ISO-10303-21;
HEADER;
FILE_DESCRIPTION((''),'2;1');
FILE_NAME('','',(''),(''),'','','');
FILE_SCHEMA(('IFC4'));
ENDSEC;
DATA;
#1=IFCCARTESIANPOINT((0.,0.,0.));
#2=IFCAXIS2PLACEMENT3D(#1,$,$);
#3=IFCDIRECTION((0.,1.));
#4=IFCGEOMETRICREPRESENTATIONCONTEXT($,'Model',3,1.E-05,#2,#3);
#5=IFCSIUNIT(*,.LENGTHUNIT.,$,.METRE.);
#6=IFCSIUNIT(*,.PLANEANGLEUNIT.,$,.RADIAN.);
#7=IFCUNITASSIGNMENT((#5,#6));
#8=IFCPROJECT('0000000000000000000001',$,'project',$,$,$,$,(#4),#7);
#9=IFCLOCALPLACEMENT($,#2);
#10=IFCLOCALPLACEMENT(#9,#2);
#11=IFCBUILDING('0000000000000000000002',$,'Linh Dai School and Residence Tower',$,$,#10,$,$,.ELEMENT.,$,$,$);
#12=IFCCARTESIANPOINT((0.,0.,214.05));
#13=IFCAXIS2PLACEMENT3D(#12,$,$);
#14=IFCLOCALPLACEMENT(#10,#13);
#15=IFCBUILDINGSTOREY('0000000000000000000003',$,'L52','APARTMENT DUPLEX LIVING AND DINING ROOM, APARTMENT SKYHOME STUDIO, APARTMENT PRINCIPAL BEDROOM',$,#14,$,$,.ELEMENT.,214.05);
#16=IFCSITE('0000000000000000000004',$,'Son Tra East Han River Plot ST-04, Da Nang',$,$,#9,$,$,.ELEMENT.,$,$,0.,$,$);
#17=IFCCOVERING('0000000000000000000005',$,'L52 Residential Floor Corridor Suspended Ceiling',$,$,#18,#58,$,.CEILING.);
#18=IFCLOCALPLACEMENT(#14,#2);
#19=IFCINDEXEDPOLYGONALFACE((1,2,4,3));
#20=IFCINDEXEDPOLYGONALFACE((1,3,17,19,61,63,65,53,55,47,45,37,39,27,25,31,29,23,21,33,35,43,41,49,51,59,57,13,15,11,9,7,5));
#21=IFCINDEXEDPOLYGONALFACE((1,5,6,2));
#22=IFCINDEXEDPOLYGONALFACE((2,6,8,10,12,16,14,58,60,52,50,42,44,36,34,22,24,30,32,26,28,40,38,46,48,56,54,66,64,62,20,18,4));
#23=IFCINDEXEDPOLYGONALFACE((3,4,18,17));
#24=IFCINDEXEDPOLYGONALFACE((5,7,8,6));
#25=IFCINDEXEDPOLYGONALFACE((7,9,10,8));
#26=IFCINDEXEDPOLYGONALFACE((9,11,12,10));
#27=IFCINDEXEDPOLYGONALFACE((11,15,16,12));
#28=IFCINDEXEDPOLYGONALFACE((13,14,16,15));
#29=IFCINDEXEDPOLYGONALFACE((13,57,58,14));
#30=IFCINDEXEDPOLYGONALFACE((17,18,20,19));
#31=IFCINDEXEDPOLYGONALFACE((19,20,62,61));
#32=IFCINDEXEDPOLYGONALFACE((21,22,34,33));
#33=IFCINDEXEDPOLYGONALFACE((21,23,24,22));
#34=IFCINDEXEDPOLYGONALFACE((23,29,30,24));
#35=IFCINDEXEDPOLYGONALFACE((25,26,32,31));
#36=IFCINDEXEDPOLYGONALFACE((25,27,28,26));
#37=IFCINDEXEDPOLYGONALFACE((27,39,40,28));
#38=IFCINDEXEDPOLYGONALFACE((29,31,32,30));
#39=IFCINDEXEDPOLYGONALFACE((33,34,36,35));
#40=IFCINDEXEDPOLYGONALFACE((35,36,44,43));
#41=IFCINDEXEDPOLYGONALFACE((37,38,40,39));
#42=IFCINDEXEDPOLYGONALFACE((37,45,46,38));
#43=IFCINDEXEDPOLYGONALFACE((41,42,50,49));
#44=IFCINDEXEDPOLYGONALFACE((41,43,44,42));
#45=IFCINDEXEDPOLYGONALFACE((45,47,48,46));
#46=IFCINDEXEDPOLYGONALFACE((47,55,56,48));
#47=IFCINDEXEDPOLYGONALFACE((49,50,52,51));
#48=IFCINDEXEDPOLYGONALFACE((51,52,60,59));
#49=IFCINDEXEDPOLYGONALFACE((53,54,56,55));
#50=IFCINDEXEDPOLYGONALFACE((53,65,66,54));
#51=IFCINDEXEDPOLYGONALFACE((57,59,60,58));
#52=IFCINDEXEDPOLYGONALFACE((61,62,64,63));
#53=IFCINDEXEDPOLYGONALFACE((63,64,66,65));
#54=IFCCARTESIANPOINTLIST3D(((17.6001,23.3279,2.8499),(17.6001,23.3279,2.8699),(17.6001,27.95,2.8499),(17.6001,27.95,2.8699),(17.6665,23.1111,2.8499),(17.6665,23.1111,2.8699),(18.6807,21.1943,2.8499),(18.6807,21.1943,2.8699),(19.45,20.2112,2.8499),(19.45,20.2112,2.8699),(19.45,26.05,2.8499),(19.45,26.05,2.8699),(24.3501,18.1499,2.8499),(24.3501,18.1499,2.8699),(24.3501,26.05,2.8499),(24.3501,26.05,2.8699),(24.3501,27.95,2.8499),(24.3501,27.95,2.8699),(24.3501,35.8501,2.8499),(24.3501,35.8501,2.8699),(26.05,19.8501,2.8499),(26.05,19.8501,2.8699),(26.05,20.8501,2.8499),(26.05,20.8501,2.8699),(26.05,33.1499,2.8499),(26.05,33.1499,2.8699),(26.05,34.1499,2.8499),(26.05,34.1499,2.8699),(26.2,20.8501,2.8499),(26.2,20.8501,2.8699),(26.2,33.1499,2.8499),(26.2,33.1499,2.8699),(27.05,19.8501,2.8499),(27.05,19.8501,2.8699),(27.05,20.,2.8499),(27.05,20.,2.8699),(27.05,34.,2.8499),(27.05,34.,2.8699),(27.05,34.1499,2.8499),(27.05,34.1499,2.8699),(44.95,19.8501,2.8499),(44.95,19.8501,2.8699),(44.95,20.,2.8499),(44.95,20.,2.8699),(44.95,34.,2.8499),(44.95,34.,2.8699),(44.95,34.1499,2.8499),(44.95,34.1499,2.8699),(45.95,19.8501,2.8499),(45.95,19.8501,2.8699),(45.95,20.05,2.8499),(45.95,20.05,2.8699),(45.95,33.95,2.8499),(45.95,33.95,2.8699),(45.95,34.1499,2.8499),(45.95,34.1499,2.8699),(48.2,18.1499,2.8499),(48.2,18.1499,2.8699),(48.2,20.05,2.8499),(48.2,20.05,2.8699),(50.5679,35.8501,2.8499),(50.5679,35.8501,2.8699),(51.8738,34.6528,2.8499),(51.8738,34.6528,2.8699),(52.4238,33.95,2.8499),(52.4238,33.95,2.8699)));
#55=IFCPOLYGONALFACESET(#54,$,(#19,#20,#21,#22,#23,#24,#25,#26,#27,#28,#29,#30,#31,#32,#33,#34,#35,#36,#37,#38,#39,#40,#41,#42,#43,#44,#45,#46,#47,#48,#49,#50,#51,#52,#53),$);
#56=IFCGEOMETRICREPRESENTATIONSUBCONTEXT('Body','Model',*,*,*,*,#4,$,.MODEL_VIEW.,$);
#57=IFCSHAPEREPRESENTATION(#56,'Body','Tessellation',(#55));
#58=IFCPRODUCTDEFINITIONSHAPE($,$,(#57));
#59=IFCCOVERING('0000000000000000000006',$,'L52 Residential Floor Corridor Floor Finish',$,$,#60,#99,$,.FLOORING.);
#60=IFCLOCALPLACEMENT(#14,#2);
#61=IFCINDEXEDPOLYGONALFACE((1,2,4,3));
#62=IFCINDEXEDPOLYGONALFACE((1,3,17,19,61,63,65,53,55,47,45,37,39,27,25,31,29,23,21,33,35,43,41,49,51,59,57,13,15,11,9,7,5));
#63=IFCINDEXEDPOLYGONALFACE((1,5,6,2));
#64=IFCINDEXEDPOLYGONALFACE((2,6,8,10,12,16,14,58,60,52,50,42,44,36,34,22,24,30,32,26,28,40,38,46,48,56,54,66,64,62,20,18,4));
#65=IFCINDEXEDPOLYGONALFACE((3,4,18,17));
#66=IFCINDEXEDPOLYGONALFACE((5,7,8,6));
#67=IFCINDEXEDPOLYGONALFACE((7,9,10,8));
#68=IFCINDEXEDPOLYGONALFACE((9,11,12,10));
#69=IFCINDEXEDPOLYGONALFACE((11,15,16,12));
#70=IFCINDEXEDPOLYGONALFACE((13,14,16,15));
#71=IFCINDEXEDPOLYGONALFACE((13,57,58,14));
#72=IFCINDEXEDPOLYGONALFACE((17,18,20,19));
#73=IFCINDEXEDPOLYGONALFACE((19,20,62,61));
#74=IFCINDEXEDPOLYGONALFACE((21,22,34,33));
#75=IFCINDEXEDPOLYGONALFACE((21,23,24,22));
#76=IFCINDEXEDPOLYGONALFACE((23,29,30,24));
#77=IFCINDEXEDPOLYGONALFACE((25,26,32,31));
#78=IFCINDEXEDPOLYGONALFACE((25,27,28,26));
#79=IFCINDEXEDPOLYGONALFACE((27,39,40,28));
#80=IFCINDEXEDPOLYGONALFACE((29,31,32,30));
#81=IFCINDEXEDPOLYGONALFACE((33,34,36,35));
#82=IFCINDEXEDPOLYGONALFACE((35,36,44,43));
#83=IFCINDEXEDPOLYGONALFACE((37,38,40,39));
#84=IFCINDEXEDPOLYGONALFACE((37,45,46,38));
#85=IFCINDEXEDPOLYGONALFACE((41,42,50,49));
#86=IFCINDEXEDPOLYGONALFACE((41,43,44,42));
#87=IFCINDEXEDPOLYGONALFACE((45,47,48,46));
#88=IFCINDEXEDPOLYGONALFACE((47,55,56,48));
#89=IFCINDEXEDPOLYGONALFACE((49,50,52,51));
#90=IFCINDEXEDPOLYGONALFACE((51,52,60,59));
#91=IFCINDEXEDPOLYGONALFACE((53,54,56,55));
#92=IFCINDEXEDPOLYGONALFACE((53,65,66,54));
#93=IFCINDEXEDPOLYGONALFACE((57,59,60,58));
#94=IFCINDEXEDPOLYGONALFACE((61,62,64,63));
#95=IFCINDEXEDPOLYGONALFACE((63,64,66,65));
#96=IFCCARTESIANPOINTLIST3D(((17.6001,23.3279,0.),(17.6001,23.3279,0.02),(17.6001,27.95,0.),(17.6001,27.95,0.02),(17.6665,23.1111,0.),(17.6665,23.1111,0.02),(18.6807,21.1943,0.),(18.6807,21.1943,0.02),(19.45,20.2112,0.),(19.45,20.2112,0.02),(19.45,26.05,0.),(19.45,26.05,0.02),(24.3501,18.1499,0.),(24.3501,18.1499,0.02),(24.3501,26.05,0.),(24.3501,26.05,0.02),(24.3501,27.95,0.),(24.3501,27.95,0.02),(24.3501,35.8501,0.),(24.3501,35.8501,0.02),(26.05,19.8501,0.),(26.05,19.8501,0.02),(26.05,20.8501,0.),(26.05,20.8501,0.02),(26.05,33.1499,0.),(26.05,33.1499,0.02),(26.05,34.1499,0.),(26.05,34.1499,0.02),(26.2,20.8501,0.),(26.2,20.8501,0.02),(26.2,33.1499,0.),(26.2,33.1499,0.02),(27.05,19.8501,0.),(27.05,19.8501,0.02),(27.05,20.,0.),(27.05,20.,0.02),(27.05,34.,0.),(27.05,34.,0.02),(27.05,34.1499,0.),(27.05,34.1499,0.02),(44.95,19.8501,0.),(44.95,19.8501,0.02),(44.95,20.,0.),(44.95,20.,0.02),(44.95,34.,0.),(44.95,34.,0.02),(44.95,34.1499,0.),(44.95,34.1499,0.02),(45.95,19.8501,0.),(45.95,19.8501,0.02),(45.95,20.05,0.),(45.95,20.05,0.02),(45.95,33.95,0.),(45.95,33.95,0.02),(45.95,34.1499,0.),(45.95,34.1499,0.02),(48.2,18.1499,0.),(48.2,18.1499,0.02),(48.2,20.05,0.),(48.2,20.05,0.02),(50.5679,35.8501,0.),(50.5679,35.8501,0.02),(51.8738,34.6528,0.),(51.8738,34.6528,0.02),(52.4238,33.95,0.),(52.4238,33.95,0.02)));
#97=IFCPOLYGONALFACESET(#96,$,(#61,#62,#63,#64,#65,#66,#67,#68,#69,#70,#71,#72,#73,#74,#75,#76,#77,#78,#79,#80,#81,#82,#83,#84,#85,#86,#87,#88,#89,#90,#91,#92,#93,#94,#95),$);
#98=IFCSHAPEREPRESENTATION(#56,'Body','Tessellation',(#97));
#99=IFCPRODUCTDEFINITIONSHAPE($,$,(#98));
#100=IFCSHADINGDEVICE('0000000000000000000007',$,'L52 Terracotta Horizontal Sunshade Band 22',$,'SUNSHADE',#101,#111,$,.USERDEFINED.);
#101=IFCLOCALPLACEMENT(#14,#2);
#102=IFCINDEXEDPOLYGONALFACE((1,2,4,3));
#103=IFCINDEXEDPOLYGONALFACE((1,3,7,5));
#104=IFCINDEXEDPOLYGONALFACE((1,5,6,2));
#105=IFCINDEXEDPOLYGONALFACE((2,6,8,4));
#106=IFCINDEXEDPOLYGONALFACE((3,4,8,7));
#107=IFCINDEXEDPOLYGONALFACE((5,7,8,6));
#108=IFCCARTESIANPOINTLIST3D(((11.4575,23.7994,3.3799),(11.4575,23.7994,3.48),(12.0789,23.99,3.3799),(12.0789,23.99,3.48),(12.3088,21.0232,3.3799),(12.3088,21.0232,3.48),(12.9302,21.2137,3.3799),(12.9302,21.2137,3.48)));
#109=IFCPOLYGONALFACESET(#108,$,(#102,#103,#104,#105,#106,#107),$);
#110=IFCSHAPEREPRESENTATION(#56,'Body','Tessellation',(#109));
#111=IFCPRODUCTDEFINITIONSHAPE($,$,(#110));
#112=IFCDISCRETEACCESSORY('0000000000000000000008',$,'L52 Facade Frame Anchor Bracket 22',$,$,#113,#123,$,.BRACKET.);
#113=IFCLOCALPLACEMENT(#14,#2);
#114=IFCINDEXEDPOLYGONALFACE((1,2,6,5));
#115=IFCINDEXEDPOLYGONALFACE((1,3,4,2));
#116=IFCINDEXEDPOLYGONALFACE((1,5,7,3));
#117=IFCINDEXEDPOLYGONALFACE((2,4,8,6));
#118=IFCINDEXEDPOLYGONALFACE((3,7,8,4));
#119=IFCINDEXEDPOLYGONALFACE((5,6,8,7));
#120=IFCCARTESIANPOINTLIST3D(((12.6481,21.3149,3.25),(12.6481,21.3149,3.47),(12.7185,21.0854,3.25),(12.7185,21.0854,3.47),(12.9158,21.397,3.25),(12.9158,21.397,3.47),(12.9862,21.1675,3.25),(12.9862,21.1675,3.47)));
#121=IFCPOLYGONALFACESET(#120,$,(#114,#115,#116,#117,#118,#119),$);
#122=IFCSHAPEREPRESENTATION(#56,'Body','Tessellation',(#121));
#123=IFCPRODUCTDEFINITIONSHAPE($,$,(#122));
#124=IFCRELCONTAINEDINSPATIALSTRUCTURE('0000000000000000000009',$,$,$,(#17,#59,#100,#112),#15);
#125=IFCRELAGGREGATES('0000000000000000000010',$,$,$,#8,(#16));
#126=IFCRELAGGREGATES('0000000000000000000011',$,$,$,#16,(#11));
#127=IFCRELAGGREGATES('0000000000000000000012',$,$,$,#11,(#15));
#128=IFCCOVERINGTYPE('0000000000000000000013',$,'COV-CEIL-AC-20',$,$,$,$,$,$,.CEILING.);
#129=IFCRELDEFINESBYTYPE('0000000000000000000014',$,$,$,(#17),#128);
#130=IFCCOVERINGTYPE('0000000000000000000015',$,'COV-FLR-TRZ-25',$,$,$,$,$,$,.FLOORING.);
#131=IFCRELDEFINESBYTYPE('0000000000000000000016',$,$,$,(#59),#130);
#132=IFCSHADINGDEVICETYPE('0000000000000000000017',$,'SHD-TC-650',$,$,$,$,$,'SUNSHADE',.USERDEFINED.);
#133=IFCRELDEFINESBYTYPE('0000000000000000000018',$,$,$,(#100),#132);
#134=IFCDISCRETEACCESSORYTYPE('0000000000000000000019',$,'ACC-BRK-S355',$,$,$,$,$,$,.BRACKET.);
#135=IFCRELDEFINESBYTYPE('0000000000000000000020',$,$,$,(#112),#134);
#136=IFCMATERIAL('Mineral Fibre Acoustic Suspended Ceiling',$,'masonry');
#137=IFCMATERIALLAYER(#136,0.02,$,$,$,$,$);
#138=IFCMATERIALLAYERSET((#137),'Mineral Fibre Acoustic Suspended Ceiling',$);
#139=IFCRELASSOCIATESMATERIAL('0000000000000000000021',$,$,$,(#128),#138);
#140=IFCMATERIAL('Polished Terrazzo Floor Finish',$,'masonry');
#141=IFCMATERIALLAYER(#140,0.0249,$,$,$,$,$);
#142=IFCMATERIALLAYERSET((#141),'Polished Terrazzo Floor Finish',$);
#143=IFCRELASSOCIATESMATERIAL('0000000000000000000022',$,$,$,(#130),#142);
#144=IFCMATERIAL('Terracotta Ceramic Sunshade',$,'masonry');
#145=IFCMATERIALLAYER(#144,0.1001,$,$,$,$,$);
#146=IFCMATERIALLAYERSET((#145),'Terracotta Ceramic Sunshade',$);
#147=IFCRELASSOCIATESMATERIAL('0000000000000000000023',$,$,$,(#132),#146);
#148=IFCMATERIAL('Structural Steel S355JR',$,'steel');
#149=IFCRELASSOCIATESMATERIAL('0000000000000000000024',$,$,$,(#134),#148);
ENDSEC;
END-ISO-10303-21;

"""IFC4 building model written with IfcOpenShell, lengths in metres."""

from ifc_helpers import new_model, si_unit, direction, frame, origin, origin_2d, place, context, subcontext, project, spatial, polyline, rectangle, outline, extrude, source, transform, mapped, material, layer, layer_set, type_object, element, save


model = new_model("IFC4")

# Units and contexts
model_context = context("Model", 3, precision=1e-05, world=origin(), true_north=direction((0.0, 1.0)))
body_context = subcontext(model_context, "Body", "Model", "MODEL_VIEW")
ifc_project = project(units=[si_unit("LENGTHUNIT", "METRE"), si_unit("PLANEANGLEUNIT", "RADIAN")], contexts=[model_context])

# Site, building, storey
site_placement = place(None, origin())
site = spatial("IfcSite", under=ifc_project, at=site_placement, Name="Son Tra East Han River Plot ST-04, Da Nang", CompositionType="ELEMENT", RefElevation=0.0)
building_placement = place(site_placement, origin())
building = spatial("IfcBuilding", under=site, at=building_placement, Name="Linh Dai School and Residence Tower", CompositionType="ELEMENT")
storey_placement = place(building_placement, frame((0.0, 0.0, 214.05)))
storey = spatial("IfcBuildingStorey", under=building, at=storey_placement, Name="L52", Description="APARTMENT DUPLEX LIVING AND DINING ROOM, APARTMENT SKYHOME STUDIO, APARTMENT PRINCIPAL BEDROOM", CompositionType="ELEMENT", Elevation=214.05)

# Shared definitions
ifc_material_1 = material(Name="Structural Steel S355JR", Category="steel")

# Coverings
ifc_material_2 = material(Name="Mineral Fibre Acoustic Suspended Ceiling", Category="masonry")
ifc_layer_1 = layer(ifc_material_2, 0.02)
ifc_layer_set_1 = layer_set([ifc_layer_1], Name="Mineral Fibre Acoustic Suspended Ceiling")
covering_type_1 = type_object("IfcCoveringType", Name="COV-CEIL-AC-20", PredefinedType="CEILING", material=ifc_layer_set_1)
covering_1_placement = place(storey_placement, frame((0.0, 0.0, 2.8499)))
element("IfcCovering", 1, at=covering_1_placement, inside=storey, type_object=covering_type_1, Name="L52 Residential Floor Corridor Suspended Ceiling", PredefinedType="CEILING", context=body_context, shape_type="SweptSolid", body=[
    extrude(outline(polyline([(19.45, 20.2112), (18.6807, 21.1943), (17.6665, 23.1111), (17.6001, 23.3279), (17.6001, 27.95), (24.3501, 27.95), (24.3501, 35.8501), (50.5679, 35.8501), (51.8738, 34.6528), (52.4238, 33.95), (45.95, 33.95), (45.95, 34.1499), (44.95, 34.1499), (44.95, 34.0), (27.05, 34.0), (27.05, 34.1499), (26.05, 34.1499), (26.05, 33.1499), (26.2, 33.1499), (26.2, 20.8501), (26.05, 20.8501), (26.05, 19.8501), (27.05, 19.8501), (27.05, 20.0), (44.95, 20.0), (44.95, 19.8501), (45.95, 19.8501), (45.95, 20.05), (48.2, 20.05), (48.2, 18.1499), (24.3501, 18.1499), (24.3501, 26.05), (19.45, 26.05), (19.45, 20.2112)])), origin(), (0.0, 0.0, 1.0), 0.02),
])
ifc_material_3 = material(Name="Polished Terrazzo Floor Finish", Category="masonry")
ifc_layer_2 = layer(ifc_material_3, 0.0249)
ifc_layer_set_2 = layer_set([ifc_layer_2], Name="Polished Terrazzo Floor Finish")
covering_type_2 = type_object("IfcCoveringType", Name="COV-FLR-TRZ-25", PredefinedType="FLOORING", material=ifc_layer_set_2)
covering_2_placement = place(storey_placement, origin())
element("IfcCovering", 2, at=covering_2_placement, inside=storey, type_object=covering_type_2, Name="L52 Residential Floor Corridor Floor Finish", PredefinedType="FLOORING", context=body_context, shape_type="SweptSolid", body=[
    extrude(outline(polyline([(19.45, 20.2112), (18.6807, 21.1943), (17.6665, 23.1111), (17.6001, 23.3279), (17.6001, 27.95), (24.3501, 27.95), (24.3501, 35.8501), (50.5679, 35.8501), (51.8738, 34.6528), (52.4238, 33.95), (45.95, 33.95), (45.95, 34.1499), (44.95, 34.1499), (44.95, 34.0), (27.05, 34.0), (27.05, 34.1499), (26.05, 34.1499), (26.05, 33.1499), (26.2, 33.1499), (26.2, 20.8501), (26.05, 20.8501), (26.05, 19.8501), (27.05, 19.8501), (27.05, 20.0), (44.95, 20.0), (44.95, 19.8501), (45.95, 19.8501), (45.95, 20.05), (48.2, 20.05), (48.2, 18.1499), (24.3501, 18.1499), (24.3501, 26.05), (19.45, 26.05), (19.45, 20.2112)])), origin(), (0.0, 0.0, 1.0), 0.02),
])

# Shading device
ifc_material_4 = material(Name="Terracotta Ceramic Sunshade", Category="masonry")
ifc_layer_3 = layer(ifc_material_4, 0.1001)
ifc_layer_set_3 = layer_set([ifc_layer_3], Name="Terracotta Ceramic Sunshade")
shading_device_type = type_object("IfcShadingDeviceType", Name="SHD-TC-650", ElementType="SUNSHADE", PredefinedType="USERDEFINED", material=ifc_layer_set_3)
shared_shape_1 = source(origin(), body_context, "Body", "SweptSolid", [
    extrude(rectangle(XDim=2.9038, YDim=0.6499, at=origin_2d()), origin(), (0.0, 0.0, 1.0), 0.1001),
])
shading_device_placement = place(storey_placement, frame((12.1938, 22.5066, 3.3799), z_axis=(0.0, 0.0, 1.0), x_axis=(-0.293157, 0.956064, 0.0)))
element("IfcShadingDevice", 3, at=shading_device_placement, inside=storey, type_object=shading_device_type, Name="L52 Terracotta Horizontal Sunshade Band 22", ObjectType="SUNSHADE", PredefinedType="USERDEFINED", context=body_context, shape_type="MappedRepresentation", body=[
    mapped(shared_shape_1, transform((0.0, 0.0, 0.0), x_axis=(1.0, 0.0, 0.0), y_axis=(0.0, 1.0, 0.0), z_axis=(0.0, 0.0, 1.0), scale=1.0)),
])

# Discrete accessory
discrete_accessory_type = type_object("IfcDiscreteAccessoryType", Name="ACC-BRK-S355", PredefinedType="BRACKET", material=ifc_material_1)
shared_shape_2 = source(origin(), body_context, "Body", "SweptSolid", [
    extrude(rectangle(XDim=0.28, YDim=0.24, at=origin_2d()), origin(), (0.0, 0.0, 1.0), 0.22),
])
discrete_accessory_placement = place(storey_placement, frame((12.8171, 21.2412, 3.25), z_axis=(0.0, 0.0, 1.0), x_axis=(-0.956064, -0.293157, 0.0)))
element("IfcDiscreteAccessory", 4, at=discrete_accessory_placement, inside=storey, type_object=discrete_accessory_type, Name="L52 Facade Frame Anchor Bracket 22", PredefinedType="BRACKET", context=body_context, shape_type="MappedRepresentation", body=[
    mapped(shared_shape_2, transform((0.0, 0.0, 0.0), x_axis=(1.0, 0.0, 0.0), y_axis=(0.0, 1.0, 0.0), z_axis=(0.0, 0.0, 1.0), scale=1.0)),
])

save(model, "model.ifc")
